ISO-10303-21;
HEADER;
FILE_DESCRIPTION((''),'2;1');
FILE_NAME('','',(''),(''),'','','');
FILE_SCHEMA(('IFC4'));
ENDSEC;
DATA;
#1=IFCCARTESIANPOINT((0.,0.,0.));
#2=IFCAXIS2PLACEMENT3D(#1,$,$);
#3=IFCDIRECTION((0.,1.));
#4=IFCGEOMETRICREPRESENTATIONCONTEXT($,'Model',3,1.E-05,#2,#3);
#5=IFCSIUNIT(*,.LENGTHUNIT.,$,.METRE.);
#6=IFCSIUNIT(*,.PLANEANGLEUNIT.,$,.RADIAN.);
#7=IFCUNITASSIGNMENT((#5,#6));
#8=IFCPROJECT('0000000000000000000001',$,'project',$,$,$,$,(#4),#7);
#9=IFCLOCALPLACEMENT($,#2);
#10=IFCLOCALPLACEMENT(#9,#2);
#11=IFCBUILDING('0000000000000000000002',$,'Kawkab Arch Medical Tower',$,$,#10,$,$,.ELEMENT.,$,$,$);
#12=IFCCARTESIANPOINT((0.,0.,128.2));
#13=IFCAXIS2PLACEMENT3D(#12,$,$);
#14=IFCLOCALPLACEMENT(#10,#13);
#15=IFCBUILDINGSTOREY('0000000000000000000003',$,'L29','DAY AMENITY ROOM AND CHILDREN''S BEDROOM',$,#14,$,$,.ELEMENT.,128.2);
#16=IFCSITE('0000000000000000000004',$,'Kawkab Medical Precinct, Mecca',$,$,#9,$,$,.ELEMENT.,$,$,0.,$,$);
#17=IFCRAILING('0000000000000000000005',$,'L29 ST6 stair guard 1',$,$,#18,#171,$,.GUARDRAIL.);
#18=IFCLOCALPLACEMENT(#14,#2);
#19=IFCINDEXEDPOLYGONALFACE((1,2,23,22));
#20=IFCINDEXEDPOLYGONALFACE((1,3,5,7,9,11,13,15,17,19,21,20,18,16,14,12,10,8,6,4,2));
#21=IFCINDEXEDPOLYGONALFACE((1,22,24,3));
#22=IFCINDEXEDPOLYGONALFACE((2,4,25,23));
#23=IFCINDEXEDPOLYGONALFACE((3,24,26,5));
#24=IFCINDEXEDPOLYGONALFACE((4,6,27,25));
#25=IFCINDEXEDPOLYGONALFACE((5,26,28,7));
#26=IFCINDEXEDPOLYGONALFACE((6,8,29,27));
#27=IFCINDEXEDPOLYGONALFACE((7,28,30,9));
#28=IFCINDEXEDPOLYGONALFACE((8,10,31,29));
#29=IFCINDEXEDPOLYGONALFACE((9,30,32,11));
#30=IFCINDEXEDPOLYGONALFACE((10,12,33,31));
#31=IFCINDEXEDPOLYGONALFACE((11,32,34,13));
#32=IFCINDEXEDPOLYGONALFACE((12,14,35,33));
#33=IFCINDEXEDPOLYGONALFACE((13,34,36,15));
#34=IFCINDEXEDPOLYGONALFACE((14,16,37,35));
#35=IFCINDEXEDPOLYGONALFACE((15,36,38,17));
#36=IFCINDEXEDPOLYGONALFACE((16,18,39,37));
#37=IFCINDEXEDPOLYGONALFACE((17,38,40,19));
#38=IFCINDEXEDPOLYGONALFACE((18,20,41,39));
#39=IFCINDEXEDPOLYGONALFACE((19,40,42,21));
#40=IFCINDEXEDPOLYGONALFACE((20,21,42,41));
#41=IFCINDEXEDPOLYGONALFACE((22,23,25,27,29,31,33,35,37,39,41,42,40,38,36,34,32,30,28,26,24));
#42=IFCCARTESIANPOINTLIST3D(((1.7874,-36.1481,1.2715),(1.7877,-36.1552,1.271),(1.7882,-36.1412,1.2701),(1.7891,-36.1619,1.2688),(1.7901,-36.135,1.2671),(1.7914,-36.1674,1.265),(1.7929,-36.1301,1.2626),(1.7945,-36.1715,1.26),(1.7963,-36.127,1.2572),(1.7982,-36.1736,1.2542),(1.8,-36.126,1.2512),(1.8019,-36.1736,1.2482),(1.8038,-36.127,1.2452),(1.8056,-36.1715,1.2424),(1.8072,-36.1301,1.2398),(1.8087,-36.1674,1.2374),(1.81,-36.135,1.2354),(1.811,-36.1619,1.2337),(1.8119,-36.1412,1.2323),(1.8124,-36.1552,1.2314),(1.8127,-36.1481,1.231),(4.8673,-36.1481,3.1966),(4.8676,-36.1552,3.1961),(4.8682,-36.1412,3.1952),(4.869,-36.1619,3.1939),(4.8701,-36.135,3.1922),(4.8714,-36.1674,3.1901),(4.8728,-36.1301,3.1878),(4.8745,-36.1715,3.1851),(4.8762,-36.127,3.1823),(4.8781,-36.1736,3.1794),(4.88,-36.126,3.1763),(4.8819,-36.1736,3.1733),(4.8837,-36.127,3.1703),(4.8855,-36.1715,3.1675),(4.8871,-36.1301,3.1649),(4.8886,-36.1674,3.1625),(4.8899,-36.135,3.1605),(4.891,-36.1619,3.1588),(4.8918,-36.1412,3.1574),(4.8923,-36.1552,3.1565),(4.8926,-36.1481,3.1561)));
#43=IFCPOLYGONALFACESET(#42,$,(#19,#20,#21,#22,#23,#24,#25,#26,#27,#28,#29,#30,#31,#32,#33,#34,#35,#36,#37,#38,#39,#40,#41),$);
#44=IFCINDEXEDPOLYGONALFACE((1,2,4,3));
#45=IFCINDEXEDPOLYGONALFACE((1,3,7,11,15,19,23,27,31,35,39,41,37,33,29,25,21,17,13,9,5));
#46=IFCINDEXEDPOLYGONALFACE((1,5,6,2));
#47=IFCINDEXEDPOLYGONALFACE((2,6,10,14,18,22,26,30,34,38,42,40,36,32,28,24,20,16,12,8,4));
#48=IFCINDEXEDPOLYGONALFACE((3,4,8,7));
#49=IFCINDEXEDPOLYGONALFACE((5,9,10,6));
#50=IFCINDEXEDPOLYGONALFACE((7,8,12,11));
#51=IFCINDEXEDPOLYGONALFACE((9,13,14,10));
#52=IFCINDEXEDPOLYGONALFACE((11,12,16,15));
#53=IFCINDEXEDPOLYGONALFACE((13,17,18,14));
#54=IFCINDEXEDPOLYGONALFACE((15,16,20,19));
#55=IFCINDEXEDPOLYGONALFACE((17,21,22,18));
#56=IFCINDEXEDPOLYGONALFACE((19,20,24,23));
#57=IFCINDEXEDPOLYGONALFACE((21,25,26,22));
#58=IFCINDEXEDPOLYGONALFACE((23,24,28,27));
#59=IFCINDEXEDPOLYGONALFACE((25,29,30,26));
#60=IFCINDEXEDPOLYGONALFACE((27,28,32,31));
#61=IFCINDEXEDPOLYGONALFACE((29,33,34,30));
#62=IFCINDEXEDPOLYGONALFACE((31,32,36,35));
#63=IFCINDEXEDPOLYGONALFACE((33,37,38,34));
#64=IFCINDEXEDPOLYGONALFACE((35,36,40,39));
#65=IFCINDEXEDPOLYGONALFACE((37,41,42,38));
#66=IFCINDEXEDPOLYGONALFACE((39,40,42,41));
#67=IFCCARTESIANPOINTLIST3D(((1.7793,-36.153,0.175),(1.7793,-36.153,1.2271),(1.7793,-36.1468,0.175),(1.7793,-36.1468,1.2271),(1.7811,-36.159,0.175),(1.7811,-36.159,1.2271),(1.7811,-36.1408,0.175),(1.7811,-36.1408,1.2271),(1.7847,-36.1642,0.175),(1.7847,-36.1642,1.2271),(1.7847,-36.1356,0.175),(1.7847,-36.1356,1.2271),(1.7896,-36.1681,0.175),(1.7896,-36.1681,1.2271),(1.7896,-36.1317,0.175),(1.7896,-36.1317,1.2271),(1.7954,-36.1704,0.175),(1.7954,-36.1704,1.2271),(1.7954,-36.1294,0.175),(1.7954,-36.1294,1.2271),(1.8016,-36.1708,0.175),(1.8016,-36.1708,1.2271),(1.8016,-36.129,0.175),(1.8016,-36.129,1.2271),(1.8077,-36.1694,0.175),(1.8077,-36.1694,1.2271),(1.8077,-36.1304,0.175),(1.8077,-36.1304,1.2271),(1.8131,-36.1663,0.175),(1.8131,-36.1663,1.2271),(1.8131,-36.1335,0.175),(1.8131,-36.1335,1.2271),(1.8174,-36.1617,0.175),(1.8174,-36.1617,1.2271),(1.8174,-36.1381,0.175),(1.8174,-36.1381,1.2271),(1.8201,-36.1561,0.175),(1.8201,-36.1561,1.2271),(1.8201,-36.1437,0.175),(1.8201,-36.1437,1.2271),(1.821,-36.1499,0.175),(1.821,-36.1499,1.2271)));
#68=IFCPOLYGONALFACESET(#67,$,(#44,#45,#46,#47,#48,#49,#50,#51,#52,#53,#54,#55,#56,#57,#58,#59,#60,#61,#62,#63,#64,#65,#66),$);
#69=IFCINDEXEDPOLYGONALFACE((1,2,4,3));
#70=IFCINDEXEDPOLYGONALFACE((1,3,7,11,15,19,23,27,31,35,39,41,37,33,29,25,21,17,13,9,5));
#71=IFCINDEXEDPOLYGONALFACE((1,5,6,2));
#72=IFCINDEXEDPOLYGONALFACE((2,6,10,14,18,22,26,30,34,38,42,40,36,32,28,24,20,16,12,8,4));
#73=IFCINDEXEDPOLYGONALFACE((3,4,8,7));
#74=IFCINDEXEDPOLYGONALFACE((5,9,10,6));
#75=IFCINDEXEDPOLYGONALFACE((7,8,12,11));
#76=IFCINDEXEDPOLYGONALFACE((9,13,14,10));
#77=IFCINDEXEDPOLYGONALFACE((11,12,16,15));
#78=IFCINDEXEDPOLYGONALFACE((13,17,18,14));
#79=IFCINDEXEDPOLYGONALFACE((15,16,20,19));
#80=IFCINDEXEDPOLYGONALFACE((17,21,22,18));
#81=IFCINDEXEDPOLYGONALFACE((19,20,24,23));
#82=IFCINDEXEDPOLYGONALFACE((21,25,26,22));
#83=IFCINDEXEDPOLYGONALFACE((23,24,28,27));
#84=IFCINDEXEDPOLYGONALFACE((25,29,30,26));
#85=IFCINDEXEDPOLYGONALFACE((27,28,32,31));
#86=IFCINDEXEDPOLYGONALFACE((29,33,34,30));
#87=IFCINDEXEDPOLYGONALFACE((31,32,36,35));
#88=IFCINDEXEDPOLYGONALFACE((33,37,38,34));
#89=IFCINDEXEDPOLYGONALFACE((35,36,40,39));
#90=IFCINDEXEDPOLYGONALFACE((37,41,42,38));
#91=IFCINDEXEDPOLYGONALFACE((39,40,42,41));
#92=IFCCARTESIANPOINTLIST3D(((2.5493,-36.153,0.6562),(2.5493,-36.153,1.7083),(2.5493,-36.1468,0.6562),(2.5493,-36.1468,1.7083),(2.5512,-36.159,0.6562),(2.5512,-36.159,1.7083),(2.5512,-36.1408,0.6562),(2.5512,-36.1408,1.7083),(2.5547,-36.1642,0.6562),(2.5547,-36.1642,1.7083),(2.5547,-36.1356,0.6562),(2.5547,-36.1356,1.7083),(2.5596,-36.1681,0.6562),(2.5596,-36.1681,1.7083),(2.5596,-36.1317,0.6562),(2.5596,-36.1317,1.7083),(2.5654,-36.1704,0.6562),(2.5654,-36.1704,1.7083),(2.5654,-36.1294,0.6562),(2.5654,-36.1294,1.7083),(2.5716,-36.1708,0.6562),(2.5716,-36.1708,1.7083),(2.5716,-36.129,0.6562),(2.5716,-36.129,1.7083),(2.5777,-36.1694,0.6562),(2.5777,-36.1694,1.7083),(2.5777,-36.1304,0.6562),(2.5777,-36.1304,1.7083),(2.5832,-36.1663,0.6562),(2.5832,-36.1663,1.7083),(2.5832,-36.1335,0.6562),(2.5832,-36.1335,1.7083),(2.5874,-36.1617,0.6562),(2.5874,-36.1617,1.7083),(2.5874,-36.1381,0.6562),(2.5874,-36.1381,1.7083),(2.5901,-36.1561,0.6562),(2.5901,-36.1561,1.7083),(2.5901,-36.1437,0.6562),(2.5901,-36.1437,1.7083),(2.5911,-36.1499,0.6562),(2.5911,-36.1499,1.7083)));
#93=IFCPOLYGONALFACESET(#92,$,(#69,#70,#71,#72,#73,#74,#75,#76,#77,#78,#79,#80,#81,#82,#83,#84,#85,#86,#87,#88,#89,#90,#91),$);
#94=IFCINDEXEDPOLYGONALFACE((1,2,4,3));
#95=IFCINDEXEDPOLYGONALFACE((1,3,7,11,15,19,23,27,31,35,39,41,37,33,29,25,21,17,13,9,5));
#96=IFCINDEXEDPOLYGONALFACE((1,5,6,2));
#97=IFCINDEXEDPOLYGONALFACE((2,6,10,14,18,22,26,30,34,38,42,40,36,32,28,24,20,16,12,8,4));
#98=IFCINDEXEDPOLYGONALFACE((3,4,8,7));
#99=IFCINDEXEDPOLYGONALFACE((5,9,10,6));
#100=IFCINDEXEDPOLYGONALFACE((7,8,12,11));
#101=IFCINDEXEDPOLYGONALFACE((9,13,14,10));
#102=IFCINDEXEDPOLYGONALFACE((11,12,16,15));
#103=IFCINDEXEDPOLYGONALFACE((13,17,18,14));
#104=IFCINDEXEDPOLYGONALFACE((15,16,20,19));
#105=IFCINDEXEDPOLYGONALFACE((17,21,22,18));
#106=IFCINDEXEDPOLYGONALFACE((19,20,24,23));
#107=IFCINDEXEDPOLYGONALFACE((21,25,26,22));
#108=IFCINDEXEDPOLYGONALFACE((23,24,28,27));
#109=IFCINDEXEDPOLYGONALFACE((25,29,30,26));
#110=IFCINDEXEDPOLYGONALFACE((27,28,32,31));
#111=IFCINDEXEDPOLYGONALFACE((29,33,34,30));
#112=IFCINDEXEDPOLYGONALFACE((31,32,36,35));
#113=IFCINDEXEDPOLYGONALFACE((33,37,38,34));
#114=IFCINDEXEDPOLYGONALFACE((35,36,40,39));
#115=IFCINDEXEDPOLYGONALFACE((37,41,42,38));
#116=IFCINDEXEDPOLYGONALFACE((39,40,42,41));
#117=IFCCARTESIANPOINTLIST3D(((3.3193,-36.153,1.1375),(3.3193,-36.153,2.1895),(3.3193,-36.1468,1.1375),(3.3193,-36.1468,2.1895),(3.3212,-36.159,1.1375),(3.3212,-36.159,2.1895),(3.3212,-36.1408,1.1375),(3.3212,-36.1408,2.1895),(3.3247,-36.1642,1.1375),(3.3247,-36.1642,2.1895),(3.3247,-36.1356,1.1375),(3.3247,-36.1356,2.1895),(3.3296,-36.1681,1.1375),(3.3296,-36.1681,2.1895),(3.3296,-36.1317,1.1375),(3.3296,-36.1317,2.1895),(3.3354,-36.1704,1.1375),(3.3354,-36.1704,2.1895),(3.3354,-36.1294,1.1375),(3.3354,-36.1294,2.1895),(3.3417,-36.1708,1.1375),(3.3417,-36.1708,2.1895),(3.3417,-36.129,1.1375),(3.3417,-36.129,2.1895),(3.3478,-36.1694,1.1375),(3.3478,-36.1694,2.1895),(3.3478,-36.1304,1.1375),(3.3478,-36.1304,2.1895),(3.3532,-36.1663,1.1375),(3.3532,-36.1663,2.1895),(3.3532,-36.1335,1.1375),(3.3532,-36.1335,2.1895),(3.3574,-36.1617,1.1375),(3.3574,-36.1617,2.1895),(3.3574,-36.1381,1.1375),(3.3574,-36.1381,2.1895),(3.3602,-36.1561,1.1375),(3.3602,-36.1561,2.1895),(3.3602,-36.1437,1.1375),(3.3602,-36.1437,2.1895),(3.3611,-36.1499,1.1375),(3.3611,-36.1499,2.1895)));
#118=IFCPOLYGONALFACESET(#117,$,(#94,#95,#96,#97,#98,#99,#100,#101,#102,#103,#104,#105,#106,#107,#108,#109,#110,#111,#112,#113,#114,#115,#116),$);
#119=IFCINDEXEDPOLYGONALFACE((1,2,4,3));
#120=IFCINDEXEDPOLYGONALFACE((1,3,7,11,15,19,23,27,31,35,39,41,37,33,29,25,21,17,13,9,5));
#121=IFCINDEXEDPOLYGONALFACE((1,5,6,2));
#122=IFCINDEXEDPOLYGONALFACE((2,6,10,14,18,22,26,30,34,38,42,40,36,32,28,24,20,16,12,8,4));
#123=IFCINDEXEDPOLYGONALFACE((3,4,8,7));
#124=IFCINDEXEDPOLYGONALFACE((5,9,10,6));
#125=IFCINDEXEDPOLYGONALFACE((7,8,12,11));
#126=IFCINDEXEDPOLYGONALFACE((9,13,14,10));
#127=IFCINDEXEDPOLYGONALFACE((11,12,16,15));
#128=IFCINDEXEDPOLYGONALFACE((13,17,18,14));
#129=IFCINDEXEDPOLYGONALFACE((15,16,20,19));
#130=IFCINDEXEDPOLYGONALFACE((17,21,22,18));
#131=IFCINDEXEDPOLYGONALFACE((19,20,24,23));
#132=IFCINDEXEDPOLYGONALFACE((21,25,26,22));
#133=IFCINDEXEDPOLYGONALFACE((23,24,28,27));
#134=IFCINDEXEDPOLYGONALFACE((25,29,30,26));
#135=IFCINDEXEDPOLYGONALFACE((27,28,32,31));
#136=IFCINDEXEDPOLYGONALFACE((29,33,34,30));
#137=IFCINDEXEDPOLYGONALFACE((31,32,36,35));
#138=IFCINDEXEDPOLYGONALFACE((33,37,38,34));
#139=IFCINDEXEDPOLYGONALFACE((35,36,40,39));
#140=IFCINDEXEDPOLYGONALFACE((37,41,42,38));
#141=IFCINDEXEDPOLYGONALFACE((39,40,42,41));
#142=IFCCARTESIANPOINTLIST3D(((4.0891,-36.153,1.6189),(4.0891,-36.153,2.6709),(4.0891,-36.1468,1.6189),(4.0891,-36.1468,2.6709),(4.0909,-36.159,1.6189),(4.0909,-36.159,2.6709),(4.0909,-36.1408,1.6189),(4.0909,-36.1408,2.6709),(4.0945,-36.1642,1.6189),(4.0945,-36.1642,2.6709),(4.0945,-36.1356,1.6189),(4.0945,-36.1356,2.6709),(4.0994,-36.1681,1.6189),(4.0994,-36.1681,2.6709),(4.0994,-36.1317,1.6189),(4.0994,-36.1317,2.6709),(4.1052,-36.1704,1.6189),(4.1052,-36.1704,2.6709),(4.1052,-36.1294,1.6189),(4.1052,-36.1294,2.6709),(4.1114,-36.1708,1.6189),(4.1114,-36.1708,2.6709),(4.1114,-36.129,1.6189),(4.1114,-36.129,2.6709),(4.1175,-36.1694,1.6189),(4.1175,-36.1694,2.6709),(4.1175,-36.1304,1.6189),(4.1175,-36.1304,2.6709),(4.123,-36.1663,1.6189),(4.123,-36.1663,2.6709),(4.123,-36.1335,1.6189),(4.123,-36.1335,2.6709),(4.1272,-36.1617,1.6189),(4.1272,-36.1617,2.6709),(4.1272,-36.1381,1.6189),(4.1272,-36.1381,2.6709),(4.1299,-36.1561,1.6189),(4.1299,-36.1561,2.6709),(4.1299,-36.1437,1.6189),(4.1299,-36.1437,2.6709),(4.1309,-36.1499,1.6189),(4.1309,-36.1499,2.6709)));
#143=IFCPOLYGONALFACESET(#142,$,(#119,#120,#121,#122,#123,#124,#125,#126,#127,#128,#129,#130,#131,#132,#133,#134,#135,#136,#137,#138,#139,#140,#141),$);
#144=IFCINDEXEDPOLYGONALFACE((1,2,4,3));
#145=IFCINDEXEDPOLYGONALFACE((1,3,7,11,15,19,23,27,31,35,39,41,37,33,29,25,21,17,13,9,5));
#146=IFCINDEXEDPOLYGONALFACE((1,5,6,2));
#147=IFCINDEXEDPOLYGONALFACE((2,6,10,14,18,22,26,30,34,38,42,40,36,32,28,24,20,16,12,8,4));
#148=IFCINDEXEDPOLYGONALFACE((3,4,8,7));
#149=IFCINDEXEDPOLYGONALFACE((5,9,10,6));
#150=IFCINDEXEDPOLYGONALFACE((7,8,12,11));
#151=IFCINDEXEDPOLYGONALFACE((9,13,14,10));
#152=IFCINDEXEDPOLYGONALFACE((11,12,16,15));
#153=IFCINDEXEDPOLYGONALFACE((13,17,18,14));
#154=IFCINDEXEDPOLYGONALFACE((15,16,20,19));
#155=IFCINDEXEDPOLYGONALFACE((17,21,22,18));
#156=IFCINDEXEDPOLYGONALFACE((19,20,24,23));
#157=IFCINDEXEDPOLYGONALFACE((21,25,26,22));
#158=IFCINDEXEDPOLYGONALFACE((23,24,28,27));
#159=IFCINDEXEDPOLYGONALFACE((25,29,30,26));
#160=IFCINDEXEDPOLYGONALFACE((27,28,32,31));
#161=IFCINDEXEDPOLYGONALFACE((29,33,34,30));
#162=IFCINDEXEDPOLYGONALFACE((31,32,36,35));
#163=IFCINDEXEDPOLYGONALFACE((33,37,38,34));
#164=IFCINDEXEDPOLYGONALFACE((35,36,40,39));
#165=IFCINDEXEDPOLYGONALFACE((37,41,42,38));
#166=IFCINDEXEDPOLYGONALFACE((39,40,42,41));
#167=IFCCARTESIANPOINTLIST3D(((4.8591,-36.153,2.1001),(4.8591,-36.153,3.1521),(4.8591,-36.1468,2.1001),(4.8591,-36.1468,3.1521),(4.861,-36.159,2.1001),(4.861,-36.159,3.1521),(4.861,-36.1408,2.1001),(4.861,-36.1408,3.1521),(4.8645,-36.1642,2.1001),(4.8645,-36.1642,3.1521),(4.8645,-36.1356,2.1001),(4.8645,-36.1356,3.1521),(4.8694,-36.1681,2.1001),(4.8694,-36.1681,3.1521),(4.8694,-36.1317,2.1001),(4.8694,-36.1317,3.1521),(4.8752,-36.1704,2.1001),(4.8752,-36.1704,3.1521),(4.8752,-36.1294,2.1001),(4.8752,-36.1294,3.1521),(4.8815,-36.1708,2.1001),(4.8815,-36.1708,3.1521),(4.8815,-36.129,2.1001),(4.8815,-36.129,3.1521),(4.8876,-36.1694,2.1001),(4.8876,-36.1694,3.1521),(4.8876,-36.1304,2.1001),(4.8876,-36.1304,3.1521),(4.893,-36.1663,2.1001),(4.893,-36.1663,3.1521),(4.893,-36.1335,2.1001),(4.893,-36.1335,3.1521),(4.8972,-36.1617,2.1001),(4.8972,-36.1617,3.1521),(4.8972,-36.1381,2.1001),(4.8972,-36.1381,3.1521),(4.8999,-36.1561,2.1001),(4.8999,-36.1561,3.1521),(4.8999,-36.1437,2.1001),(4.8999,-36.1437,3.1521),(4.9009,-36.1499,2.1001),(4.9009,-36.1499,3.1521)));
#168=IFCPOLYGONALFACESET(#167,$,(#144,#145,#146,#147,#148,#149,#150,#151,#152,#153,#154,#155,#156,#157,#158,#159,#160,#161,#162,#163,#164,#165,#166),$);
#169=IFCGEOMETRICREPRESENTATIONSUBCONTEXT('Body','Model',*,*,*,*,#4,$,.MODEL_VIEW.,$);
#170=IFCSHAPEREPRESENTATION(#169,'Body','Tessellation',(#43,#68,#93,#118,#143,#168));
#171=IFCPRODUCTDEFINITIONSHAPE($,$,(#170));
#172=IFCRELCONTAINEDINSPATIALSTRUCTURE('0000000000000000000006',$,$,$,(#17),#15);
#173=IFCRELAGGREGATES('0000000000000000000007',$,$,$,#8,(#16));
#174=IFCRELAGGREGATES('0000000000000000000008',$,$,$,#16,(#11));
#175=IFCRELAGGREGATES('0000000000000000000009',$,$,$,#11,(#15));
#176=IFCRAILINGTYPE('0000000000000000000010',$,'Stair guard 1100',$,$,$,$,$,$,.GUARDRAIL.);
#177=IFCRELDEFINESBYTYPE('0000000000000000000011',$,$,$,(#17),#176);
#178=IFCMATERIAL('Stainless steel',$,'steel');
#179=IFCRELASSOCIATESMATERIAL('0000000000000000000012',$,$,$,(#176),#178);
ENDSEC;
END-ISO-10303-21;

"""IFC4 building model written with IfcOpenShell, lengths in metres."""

from ifc_helpers import new_model, si_unit, direction, frame, origin, origin_2d, place, context, subcontext, project, spatial, circle, extrude, material, type_object, element, save


model = new_model("IFC4")

# Units and contexts
model_context = context("Model", 3, precision=1e-05, world=origin(), true_north=direction((0.0, 1.0)))
body_context = subcontext(model_context, "Body", "Model", "MODEL_VIEW")
ifc_project = project(units=[si_unit("LENGTHUNIT", "METRE"), si_unit("PLANEANGLEUNIT", "RADIAN")], contexts=[model_context])

# Site, building, storey
site_placement = place(None, origin())
site = spatial("IfcSite", under=ifc_project, at=site_placement, Name="Kawkab Medical Precinct, Mecca", CompositionType="ELEMENT", RefElevation=0.0)
building_placement = place(site_placement, origin())
building = spatial("IfcBuilding", under=site, at=building_placement, Name="Kawkab Arch Medical Tower", CompositionType="ELEMENT")
storey_placement = place(building_placement, frame((0.0, 0.0, 128.2)))
storey = spatial("IfcBuildingStorey", under=building, at=storey_placement, Name="L29", Description="DAY AMENITY ROOM AND CHILDREN'S BEDROOM", CompositionType="ELEMENT", Elevation=128.2)

# Railing
ifc_material_1 = material(Name="Stainless steel", Category="steel")
railing_type = type_object("IfcRailingType", Name="Stair guard 1100", PredefinedType="GUARDRAIL", material=ifc_material_1)
railing_1_placement = place(storey_placement, frame((1.8, -36.1499, 0.175)))
element("IfcRailing", 1, at=railing_1_placement, inside=storey, type_object=railing_type, Name="L29 ST6 stair guard 1", PredefinedType="GUARDRAIL", context=body_context, shape_type="SweptSolid", body=[
    extrude(circle(Radius=0.0239, at=origin_2d()), frame((0.0, 0.0, 1.0762), z_axis=(0.847979, 0.0, 0.530029), x_axis=(0.0, 1.0, 0.0)), (0.0, 0.0, 1.0), 3.6321),
    extrude(circle(Radius=0.021, at=origin_2d()), origin(), (0.0, 0.0, 1.0), 1.052),
    extrude(circle(Radius=0.021, at=origin_2d()), frame((0.77, 0.0, 0.4812)), (0.0, 0.0, 1.0), 1.052),
    extrude(circle(Radius=0.021, at=origin_2d()), frame((1.54, 0.0, 0.9624)), (0.0, 0.0, 1.0), 1.052),
    extrude(circle(Radius=0.021, at=origin_2d()), frame((2.3098, 0.0, 1.4438)), (0.0, 0.0, 1.0), 1.052),
    extrude(circle(Radius=0.021, at=origin_2d()), frame((3.0798, 0.0, 1.925)), (0.0, 0.0, 1.0), 1.052),
])

save(model, "model.ifc")
